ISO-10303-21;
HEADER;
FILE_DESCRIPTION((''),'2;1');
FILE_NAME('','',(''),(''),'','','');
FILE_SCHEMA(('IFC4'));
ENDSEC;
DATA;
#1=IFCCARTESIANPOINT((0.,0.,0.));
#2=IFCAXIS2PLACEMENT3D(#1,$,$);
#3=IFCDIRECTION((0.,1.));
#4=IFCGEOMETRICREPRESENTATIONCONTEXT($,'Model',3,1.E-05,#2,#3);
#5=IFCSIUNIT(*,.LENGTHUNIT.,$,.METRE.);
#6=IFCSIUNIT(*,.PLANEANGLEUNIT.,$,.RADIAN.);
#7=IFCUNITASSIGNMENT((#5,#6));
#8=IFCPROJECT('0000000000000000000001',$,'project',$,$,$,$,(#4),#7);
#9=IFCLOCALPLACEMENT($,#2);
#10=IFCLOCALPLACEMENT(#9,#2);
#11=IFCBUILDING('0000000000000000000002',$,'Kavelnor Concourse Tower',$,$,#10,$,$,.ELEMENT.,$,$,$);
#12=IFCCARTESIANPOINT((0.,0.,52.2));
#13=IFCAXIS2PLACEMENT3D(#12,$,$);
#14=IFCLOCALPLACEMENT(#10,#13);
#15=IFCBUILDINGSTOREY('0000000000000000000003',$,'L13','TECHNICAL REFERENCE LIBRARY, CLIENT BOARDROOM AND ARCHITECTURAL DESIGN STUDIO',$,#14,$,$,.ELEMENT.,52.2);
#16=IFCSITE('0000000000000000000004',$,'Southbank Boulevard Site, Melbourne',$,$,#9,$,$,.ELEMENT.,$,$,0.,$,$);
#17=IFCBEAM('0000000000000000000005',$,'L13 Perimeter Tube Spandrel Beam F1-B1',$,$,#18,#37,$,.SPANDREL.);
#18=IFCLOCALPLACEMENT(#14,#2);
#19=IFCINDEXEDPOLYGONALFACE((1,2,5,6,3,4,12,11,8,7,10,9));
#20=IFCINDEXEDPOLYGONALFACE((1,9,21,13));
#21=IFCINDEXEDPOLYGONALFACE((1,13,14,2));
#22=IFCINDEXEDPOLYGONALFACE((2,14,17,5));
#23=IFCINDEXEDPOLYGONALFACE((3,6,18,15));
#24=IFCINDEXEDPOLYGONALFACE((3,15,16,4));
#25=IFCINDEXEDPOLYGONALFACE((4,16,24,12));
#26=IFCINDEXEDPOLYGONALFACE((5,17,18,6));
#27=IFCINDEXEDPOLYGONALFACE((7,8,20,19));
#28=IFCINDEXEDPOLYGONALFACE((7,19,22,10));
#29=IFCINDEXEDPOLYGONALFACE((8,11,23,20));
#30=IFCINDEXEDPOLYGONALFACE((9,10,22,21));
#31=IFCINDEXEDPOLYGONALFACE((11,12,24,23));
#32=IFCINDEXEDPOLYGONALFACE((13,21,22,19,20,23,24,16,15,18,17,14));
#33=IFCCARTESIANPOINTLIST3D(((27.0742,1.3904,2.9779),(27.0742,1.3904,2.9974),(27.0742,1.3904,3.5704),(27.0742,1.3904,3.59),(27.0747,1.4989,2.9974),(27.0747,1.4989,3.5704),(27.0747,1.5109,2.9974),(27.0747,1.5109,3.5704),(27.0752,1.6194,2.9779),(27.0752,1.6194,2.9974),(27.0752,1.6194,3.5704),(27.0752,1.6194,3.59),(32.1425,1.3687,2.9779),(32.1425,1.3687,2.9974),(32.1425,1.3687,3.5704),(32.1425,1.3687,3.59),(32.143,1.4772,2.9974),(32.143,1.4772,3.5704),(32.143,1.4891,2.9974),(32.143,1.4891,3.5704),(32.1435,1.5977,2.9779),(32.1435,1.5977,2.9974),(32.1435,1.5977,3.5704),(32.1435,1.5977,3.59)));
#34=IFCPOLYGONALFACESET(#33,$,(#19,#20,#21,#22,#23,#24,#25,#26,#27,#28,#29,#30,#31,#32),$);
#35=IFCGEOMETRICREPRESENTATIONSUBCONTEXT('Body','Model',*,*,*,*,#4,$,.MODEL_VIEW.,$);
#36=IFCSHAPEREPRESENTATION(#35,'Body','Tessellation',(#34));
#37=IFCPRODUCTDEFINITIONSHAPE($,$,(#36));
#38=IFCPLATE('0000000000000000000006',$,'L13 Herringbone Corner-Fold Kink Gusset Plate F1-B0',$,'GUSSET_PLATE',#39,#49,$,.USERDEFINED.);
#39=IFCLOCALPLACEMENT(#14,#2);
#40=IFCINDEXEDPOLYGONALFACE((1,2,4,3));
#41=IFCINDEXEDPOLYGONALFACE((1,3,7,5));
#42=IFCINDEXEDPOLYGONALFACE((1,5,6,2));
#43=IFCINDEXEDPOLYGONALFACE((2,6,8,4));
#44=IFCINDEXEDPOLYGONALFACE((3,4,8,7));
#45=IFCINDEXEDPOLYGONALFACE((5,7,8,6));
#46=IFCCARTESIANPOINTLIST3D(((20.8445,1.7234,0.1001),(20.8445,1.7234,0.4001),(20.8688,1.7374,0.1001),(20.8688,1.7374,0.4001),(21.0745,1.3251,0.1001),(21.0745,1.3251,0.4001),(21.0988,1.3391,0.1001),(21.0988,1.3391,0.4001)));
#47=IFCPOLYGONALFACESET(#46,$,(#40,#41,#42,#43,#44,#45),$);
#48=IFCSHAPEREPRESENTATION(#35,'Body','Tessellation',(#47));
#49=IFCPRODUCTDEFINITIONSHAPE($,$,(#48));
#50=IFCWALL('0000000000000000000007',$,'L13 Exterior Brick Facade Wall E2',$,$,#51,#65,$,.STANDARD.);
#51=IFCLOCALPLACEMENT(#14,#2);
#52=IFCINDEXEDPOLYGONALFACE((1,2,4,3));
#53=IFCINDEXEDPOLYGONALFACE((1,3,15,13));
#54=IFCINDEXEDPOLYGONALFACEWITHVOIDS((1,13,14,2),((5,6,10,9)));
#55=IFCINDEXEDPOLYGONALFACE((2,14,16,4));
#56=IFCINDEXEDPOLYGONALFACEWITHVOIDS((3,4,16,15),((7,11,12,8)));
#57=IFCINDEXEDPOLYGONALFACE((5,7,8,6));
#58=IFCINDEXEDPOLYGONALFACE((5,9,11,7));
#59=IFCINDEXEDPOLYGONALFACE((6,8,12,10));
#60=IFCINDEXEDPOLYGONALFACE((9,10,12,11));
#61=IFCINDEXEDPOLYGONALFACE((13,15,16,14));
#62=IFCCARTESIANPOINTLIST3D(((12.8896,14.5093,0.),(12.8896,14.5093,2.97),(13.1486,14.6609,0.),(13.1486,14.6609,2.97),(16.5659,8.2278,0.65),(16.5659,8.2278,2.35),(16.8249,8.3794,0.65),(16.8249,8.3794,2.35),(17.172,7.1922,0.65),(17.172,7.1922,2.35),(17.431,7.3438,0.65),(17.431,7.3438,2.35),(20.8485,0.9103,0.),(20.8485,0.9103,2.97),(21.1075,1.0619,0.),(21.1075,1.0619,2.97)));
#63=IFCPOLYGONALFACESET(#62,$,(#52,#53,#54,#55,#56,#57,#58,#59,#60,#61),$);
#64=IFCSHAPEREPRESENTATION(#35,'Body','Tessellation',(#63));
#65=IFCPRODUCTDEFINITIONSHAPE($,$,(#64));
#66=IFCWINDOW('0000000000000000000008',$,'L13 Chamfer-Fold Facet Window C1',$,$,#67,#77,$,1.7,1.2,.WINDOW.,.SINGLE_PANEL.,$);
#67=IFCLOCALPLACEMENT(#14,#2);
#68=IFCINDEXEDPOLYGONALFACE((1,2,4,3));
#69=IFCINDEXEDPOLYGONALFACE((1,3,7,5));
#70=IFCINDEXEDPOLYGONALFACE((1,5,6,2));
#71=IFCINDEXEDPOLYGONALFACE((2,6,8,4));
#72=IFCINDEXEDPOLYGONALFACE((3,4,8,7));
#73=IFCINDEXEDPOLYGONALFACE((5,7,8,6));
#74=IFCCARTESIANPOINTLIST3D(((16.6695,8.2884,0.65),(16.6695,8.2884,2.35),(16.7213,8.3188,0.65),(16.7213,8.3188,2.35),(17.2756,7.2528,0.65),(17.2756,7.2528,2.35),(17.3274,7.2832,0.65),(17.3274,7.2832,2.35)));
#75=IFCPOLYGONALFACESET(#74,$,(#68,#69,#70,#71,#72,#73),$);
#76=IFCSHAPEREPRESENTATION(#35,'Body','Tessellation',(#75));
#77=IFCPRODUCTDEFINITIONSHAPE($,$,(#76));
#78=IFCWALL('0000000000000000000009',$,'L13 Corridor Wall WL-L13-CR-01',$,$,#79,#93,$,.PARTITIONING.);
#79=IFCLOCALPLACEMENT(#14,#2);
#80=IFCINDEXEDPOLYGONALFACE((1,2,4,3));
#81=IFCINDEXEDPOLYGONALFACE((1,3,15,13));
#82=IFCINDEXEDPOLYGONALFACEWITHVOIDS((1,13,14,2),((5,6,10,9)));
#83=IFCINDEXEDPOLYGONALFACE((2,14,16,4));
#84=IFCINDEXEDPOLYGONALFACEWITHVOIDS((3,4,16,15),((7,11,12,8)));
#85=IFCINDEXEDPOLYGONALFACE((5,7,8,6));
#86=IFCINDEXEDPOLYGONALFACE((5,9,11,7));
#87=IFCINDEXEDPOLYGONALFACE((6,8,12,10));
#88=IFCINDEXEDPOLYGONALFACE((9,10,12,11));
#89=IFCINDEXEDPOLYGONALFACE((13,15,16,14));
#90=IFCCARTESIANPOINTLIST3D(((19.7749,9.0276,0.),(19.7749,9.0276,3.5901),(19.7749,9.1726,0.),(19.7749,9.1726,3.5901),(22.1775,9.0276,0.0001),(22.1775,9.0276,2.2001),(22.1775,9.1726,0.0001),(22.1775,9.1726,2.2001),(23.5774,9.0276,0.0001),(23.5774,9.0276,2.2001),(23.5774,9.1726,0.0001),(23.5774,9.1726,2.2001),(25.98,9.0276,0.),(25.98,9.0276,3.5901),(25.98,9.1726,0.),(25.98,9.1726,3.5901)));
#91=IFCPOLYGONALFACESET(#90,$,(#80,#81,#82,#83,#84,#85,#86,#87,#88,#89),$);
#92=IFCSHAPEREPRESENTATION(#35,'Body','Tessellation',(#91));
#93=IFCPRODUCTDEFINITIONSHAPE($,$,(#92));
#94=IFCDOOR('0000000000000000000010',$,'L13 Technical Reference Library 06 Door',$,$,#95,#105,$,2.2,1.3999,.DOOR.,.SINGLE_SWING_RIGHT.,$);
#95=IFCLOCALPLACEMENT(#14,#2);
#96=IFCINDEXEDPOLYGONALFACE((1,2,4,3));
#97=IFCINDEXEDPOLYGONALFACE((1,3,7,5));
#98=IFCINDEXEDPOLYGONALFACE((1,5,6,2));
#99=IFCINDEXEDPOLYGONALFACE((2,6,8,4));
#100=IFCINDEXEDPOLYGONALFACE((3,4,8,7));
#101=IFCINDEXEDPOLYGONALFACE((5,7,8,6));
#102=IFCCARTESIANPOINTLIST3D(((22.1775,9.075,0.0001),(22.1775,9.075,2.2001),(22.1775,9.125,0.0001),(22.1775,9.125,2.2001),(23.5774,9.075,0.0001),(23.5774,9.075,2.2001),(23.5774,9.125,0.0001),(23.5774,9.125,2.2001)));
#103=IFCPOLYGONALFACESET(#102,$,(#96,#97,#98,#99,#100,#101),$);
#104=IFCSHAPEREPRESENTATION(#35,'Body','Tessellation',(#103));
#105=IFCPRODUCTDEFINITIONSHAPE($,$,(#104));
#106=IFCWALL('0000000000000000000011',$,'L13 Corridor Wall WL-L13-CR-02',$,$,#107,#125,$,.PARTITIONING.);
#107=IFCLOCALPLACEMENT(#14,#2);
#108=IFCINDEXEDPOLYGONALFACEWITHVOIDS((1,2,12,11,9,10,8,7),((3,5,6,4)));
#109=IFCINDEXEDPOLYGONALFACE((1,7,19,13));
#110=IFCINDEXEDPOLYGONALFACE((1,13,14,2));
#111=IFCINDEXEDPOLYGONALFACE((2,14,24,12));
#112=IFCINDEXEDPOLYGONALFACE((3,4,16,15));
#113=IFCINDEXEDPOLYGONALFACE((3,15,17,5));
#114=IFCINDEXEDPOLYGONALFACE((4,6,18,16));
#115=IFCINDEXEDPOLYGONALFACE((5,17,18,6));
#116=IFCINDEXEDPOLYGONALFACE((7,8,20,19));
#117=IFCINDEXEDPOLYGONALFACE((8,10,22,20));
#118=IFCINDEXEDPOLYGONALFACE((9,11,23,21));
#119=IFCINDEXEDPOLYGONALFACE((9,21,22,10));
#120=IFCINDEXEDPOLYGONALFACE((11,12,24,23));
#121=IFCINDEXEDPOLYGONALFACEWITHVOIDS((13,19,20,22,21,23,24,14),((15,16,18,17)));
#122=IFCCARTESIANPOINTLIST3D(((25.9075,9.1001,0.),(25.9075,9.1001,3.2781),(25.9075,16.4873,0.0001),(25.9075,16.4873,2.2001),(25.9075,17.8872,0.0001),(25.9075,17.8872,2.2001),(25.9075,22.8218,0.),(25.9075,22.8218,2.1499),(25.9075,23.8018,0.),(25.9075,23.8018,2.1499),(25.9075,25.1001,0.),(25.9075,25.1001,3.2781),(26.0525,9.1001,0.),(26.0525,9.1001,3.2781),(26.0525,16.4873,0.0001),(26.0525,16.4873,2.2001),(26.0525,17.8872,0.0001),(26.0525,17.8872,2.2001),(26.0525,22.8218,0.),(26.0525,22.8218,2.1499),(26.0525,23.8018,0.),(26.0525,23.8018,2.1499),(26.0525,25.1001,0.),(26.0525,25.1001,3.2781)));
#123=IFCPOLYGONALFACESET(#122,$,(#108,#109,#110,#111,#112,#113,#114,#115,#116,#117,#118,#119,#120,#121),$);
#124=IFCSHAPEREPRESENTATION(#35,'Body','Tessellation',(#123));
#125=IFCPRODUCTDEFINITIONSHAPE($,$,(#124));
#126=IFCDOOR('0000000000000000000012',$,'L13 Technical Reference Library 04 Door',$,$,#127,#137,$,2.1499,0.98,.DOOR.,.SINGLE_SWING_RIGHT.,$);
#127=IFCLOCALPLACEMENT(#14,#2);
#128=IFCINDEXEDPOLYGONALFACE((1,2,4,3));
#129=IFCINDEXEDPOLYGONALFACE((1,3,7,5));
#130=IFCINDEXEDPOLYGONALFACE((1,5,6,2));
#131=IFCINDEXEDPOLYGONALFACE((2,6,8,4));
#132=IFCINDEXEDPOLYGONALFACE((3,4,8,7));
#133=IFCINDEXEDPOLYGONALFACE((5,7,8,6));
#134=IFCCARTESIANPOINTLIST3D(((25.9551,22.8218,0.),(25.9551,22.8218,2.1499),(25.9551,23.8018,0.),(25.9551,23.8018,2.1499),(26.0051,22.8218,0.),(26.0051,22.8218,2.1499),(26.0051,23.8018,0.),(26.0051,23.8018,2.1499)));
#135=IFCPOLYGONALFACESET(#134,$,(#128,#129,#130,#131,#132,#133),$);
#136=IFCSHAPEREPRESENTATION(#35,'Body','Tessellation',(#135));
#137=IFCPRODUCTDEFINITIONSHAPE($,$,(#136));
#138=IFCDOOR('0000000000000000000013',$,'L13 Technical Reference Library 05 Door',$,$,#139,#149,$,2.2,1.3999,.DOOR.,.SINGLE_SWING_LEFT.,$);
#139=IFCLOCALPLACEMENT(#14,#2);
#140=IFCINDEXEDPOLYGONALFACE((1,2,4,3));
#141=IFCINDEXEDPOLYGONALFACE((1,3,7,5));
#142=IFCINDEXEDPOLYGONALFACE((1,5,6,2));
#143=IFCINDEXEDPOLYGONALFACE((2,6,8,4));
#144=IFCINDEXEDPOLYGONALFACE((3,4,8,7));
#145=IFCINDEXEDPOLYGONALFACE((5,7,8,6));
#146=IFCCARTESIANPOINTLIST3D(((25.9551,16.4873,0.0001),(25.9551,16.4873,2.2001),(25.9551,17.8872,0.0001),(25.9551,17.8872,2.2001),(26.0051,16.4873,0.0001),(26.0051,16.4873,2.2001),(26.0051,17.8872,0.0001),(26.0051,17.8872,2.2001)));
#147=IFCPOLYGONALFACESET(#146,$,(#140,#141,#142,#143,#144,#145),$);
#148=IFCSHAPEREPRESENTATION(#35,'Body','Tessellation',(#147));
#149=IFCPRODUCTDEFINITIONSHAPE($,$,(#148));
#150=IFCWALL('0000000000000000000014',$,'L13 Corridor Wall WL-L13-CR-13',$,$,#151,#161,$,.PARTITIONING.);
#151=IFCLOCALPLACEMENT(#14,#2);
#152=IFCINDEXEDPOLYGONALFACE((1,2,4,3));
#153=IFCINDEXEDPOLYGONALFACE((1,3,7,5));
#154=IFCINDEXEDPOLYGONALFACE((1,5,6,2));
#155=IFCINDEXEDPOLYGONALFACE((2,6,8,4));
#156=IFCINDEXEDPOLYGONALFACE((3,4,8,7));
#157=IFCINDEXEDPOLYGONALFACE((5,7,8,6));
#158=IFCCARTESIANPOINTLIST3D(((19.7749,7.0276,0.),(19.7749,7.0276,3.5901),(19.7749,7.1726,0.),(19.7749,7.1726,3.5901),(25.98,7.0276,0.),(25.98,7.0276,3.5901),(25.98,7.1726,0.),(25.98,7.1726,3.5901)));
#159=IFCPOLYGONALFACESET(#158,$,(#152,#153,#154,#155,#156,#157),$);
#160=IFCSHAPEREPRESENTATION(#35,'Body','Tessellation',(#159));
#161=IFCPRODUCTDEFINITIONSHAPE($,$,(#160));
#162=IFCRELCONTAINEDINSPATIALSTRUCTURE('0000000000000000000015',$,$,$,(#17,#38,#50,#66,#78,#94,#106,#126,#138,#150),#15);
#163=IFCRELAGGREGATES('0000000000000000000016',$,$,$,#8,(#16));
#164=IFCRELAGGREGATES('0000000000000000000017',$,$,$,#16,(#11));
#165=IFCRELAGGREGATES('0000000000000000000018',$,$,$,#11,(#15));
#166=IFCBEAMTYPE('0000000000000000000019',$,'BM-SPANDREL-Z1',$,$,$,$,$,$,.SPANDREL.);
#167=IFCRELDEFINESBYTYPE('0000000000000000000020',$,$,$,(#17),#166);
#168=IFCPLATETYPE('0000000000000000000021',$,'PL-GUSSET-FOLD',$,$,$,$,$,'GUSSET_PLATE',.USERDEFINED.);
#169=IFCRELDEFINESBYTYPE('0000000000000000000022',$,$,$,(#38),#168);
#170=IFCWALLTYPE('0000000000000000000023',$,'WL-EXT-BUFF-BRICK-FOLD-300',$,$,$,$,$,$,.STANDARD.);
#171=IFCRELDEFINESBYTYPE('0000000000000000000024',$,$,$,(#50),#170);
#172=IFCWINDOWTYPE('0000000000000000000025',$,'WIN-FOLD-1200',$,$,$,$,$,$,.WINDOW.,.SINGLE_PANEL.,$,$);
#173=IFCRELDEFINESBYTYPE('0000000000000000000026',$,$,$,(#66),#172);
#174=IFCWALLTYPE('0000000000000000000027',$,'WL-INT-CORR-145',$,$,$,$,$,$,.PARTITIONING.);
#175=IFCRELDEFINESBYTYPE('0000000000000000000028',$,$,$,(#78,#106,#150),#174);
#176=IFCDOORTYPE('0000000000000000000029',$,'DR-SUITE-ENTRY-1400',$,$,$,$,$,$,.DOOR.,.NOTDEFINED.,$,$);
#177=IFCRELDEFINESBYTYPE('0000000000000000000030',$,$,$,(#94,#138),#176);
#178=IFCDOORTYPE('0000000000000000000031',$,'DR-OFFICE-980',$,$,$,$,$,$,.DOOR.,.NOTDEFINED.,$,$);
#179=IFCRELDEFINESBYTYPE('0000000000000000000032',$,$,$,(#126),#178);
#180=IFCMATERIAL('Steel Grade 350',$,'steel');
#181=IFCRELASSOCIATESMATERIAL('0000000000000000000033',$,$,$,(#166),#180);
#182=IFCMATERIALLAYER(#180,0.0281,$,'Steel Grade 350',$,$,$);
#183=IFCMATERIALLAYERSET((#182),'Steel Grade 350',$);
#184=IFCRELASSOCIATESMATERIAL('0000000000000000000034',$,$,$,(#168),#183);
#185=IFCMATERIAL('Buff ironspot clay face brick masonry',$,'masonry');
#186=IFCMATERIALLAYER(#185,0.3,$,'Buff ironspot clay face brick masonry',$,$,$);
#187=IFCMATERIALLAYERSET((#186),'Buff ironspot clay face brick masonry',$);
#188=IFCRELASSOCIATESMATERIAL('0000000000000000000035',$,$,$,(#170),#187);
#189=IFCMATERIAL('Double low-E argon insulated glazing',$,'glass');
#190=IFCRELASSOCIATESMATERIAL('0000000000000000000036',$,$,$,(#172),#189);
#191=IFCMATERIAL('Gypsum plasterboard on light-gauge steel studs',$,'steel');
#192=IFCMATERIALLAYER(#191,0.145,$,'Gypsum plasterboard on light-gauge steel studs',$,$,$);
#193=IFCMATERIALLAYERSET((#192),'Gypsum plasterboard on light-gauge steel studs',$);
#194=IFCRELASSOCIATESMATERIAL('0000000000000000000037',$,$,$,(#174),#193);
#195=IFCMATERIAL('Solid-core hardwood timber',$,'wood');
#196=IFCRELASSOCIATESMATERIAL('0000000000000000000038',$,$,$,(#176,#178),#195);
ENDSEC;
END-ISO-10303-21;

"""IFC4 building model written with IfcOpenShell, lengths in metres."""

from ifc_helpers import new_model, si_unit, direction, frame, frame_2d, origin, origin_2d, place, context, subcontext, project, spatial, rectangle, i_section, extrude, material, layer, layer_set, material_profile, profile_set, type_object, element, fill, save


model = new_model("IFC4")

# Units and contexts
model_context = context("Model", 3, precision=1e-05, world=origin(), true_north=direction((0.0, 1.0)))
body_context = subcontext(model_context, "Body", "Model", "MODEL_VIEW")
ifc_project = project(units=[si_unit("LENGTHUNIT", "METRE"), si_unit("PLANEANGLEUNIT", "RADIAN")], contexts=[model_context])

# Site, building, storey
site_placement = place(None, origin())
site = spatial("IfcSite", under=ifc_project, at=site_placement, Name="Southbank Boulevard Site, Melbourne", CompositionType="ELEMENT", RefElevation=0.0)
building_placement = place(site_placement, origin())
building = spatial("IfcBuilding", under=site, at=building_placement, Name="Kavelnor Concourse Tower", CompositionType="ELEMENT")
storey_placement = place(building_placement, frame((0.0, 0.0, 52.2)))
storey = spatial("IfcBuildingStorey", under=building, at=storey_placement, Name="L13", Description="TECHNICAL REFERENCE LIBRARY, CLIENT BOARDROOM AND ARCHITECTURAL DESIGN STUDIO", CompositionType="ELEMENT", Elevation=52.2)

# Shared definitions
ifc_material_1 = material(Name="Steel Grade 350", Category="steel")

# Beam
ifc_material_profile_1 = material_profile(ifc_material_1, i_section(OverallWidth=0.229, OverallDepth=0.6121, WebThickness=0.012, FlangeThickness=0.0195, at=origin_2d()), Name="610UB125")
ifc_profile_set_1 = profile_set([ifc_material_profile_1], Name="Steel Grade 350")
beam_type_1 = type_object("IfcBeamType", Name="BM-SPANDREL-Z1", PredefinedType="SPANDREL", material=ifc_profile_set_1)
beam_1_placement = place(storey_placement, frame((27.0747, 1.5049, 3.2839), z_axis=(0.999991, -0.004287, 0.0), x_axis=(0.004287, 0.999991, 0.0)))
element("IfcBeam", 1, at=beam_1_placement, inside=storey, type_object=beam_type_1, Name="L13 Perimeter Tube Spandrel Beam F1-B1", PredefinedType="SPANDREL", context=body_context, shape_type="SweptSolid", body=[
    extrude(i_section(OverallWidth=0.229, OverallDepth=0.6121, WebThickness=0.012, FlangeThickness=0.0195, at=origin_2d()), origin(), (0.0, 0.0, 1.0), 5.0684),
])

# Plate
ifc_layer_1 = layer(ifc_material_1, 0.0281, Name="Steel Grade 350")
ifc_layer_set_1 = layer_set([ifc_layer_1], Name="Steel Grade 350")
plate_type = type_object("IfcPlateType", Name="PL-GUSSET-FOLD", ElementType="GUSSET_PLATE", PredefinedType="USERDEFINED", material=ifc_layer_set_1)
plate_placement = place(storey_placement, frame((20.9717, 1.5312, 0.1001), z_axis=(0.0, 0.0, 1.0), x_axis=(-0.5, 0.866025, 0.0)))
element("IfcPlate", 2, at=plate_placement, inside=storey, type_object=plate_type, Name="L13 Herringbone Corner-Fold Kink Gusset Plate F1-B0", ObjectType="GUSSET_PLATE", PredefinedType="USERDEFINED", context=body_context, shape_type="SweptSolid", body=[
    extrude(rectangle(XDim=0.46, YDim=0.0281, at=origin_2d()), origin(), (0.0, 0.0, 1.0), 0.3),
])

# Wall, opening, window
ifc_material_2 = material(Name="Buff ironspot clay face brick masonry", Category="masonry")
ifc_layer_2 = layer(ifc_material_2, 0.3, Name="Buff ironspot clay face brick masonry")
ifc_layer_set_2 = layer_set([ifc_layer_2], Name="Buff ironspot clay face brick masonry")
wall_type_1 = type_object("IfcWallType", Name="WL-EXT-BUFF-BRICK-FOLD-300", PredefinedType="STANDARD", material=ifc_layer_set_2)
wall_1_placement = place(storey_placement, frame((20.978, 0.9861, 0.0), z_axis=(0.0, 0.0, 1.0), x_axis=(-0.505109, 0.863055, 0.0)))
wall_1 = element("IfcWall", 3, at=wall_1_placement, inside=storey, type_object=wall_type_1, Name="L13 Exterior Brick Facade Wall E2", PredefinedType="STANDARD", context=body_context, shape_type="SweptSolid", body=[
    extrude(rectangle(XDim=15.7568, YDim=0.3, at=frame_2d((7.8784, 0.0))), origin(), (0.0, 0.0, 1.0), 2.97),
])
opening_1_placement = place(wall_1_placement, frame((7.2786, 0.0, 0.6499)))
opening_1 = element("IfcOpeningElement", 4, at=opening_1_placement, cuts=wall_1, PredefinedType="OPENING", context=body_context, shape_type="SweptSolid", body=[
    extrude(rectangle(XDim=1.2, YDim=1.7, at=frame_2d((0.6001, 0.8501))), frame((0.0, 0.1602, 0.0), z_axis=(0.0, -1.0, 0.0), x_axis=(1.0, 0.0, 0.0)), (0.0, 0.0, 1.0), 0.3201),
])
ifc_material_3 = material(Name="Double low-E argon insulated glazing", Category="glass")
window_type = type_object("IfcWindowType", Name="WIN-FOLD-1200", PartitioningType="SINGLE_PANEL", PredefinedType="WINDOW", material=ifc_material_3)
window_placement = place(opening_1_placement, origin())
window = element("IfcWindow", 5, at=window_placement, inside=storey, type_object=window_type, Name="L13 Chamfer-Fold Facet Window C1", OverallHeight=1.7, OverallWidth=1.2, PartitioningType="SINGLE_PANEL", PredefinedType="WINDOW", context=body_context, shape_type="SweptSolid", body=[
    extrude(rectangle(XDim=1.2, YDim=1.7, at=frame_2d((0.6001, 0.8501))), frame((0.0, 0.03, 0.0), z_axis=(0.0, -1.0, 0.0), x_axis=(1.0, 0.0, 0.0)), (0.0, 0.0, 1.0), 0.0601),
])
fill(opening_1, window)

# Wall, opening, door
ifc_material_4 = material(Name="Gypsum plasterboard on light-gauge steel studs", Category="steel")
ifc_layer_3 = layer(ifc_material_4, 0.145, Name="Gypsum plasterboard on light-gauge steel studs")
ifc_layer_set_3 = layer_set([ifc_layer_3], Name="Gypsum plasterboard on light-gauge steel studs")
wall_type_2 = type_object("IfcWallType", Name="WL-INT-CORR-145", PredefinedType="PARTITIONING", material=ifc_layer_set_3)
wall_2_placement = place(storey_placement, frame((19.7749, 9.1001, 0.0), z_axis=(0.0, 0.0, 1.0), x_axis=(1.0, 0.0, 0.0)))
wall_2 = element("IfcWall", 6, at=wall_2_placement, inside=storey, type_object=wall_type_2, Name="L13 Corridor Wall WL-L13-CR-01", PredefinedType="PARTITIONING", context=body_context, shape_type="SweptSolid", body=[
    extrude(rectangle(XDim=6.2051, YDim=0.145, at=frame_2d((3.1025, 0.0))), origin(), (0.0, 0.0, 1.0), 3.5901),
])
opening_2_placement = place(wall_2_placement, frame((2.4026, 0.0, 0.0)))
opening_2 = element("IfcOpeningElement", 7, at=opening_2_placement, cuts=wall_2, PredefinedType="OPENING", context=body_context, shape_type="SweptSolid", body=[
    extrude(rectangle(XDim=1.3999, YDim=2.2, at=frame_2d((0.7, 1.1001))), frame((0.0, 0.0825, 0.0), z_axis=(0.0, -1.0, 0.0), x_axis=(1.0, 0.0, 0.0)), (0.0, 0.0, 1.0), 0.165),
])
ifc_material_5 = material(Name="Solid-core hardwood timber", Category="wood")
door_type_1 = type_object("IfcDoorType", Name="DR-SUITE-ENTRY-1400", OperationType="NOTDEFINED", PredefinedType="DOOR", material=ifc_material_5)
door_1_placement = place(opening_2_placement, origin())
door_1 = element("IfcDoor", 8, at=door_1_placement, inside=storey, type_object=door_type_1, Name="L13 Technical Reference Library 06 Door", OperationType="SINGLE_SWING_RIGHT", OverallHeight=2.2, OverallWidth=1.3999, PredefinedType="DOOR", context=body_context, shape_type="SweptSolid", body=[
    extrude(rectangle(XDim=1.3999, YDim=2.2, at=frame_2d((0.7, 1.1001))), frame((0.0, 0.0249, 0.0), z_axis=(0.0, -1.0, 0.0), x_axis=(1.0, 0.0, 0.0)), (0.0, 0.0, 1.0), 0.05),
])
fill(opening_2, door_1)

# Wall, openings, doors
wall_3_placement = place(storey_placement, frame((25.98, 9.1001, 0.0), z_axis=(0.0, 0.0, 1.0), x_axis=(0.0, 1.0, 0.0)))
wall_3 = element("IfcWall", 9, at=wall_3_placement, inside=storey, type_object=wall_type_2, Name="L13 Corridor Wall WL-L13-CR-02", PredefinedType="PARTITIONING", context=body_context, shape_type="SweptSolid", body=[
    extrude(rectangle(XDim=16.0, YDim=0.145, at=frame_2d((8.0, 0.0))), origin(), (0.0, 0.0, 1.0), 3.2781),
])
opening_3_placement = place(wall_3_placement, frame((13.7217, 0.0, 0.0)))
opening_3 = element("IfcOpeningElement", 10, at=opening_3_placement, cuts=wall_3, PredefinedType="OPENING", context=body_context, shape_type="SweptSolid", body=[
    extrude(rectangle(XDim=0.98, YDim=2.1499, at=frame_2d((0.49, 1.075))), frame((0.0, 0.0825, 0.0), z_axis=(0.0, -1.0, 0.0), x_axis=(1.0, 0.0, 0.0)), (0.0, 0.0, 1.0), 0.165),
])
opening_4_placement = place(wall_3_placement, frame((7.3872, 0.0, 0.0)))
opening_4 = element("IfcOpeningElement", 11, at=opening_4_placement, cuts=wall_3, PredefinedType="OPENING", context=body_context, shape_type="SweptSolid", body=[
    extrude(rectangle(XDim=1.3999, YDim=2.2, at=frame_2d((0.7, 1.1001))), frame((0.0, 0.0825, 0.0), z_axis=(0.0, -1.0, 0.0), x_axis=(1.0, 0.0, 0.0)), (0.0, 0.0, 1.0), 0.165),
])
door_type_2 = type_object("IfcDoorType", Name="DR-OFFICE-980", OperationType="NOTDEFINED", PredefinedType="DOOR", material=ifc_material_5)
door_2_placement = place(opening_3_placement, origin())
door_2 = element("IfcDoor", 12, at=door_2_placement, inside=storey, type_object=door_type_2, Name="L13 Technical Reference Library 04 Door", OperationType="SINGLE_SWING_RIGHT", OverallHeight=2.1499, OverallWidth=0.98, PredefinedType="DOOR", context=body_context, shape_type="SweptSolid", body=[
    extrude(rectangle(XDim=0.98, YDim=2.1499, at=frame_2d((0.49, 1.075))), frame((0.0, 0.0249, 0.0), z_axis=(0.0, -1.0, 0.0), x_axis=(1.0, 0.0, 0.0)), (0.0, 0.0, 1.0), 0.05),
])
fill(opening_3, door_2)
door_3_placement = place(opening_4_placement, origin())
door_3 = element("IfcDoor", 13, at=door_3_placement, inside=storey, type_object=door_type_1, Name="L13 Technical Reference Library 05 Door", OperationType="SINGLE_SWING_LEFT", OverallHeight=2.2, OverallWidth=1.3999, PredefinedType="DOOR", context=body_context, shape_type="SweptSolid", body=[
    extrude(rectangle(XDim=1.3999, YDim=2.2, at=frame_2d((0.7, 1.1001))), frame((0.0, 0.0249, 0.0), z_axis=(0.0, -1.0, 0.0), x_axis=(1.0, 0.0, 0.0)), (0.0, 0.0, 1.0), 0.05),
])
fill(opening_4, door_3)

# Wall
wall_4_placement = place(storey_placement, frame((25.98, 7.1001, 0.0), z_axis=(0.0, 0.0, 1.0), x_axis=(-1.0, 0.0, 0.0)))
element("IfcWall", 14, at=wall_4_placement, inside=storey, type_object=wall_type_2, Name="L13 Corridor Wall WL-L13-CR-13", PredefinedType="PARTITIONING", context=body_context, shape_type="SweptSolid", body=[
    extrude(rectangle(XDim=6.2051, YDim=0.145, at=frame_2d((3.1025, 0.0))), origin(), (0.0, 0.0, 1.0), 3.5901),
])

save(model, "model.ifc")
